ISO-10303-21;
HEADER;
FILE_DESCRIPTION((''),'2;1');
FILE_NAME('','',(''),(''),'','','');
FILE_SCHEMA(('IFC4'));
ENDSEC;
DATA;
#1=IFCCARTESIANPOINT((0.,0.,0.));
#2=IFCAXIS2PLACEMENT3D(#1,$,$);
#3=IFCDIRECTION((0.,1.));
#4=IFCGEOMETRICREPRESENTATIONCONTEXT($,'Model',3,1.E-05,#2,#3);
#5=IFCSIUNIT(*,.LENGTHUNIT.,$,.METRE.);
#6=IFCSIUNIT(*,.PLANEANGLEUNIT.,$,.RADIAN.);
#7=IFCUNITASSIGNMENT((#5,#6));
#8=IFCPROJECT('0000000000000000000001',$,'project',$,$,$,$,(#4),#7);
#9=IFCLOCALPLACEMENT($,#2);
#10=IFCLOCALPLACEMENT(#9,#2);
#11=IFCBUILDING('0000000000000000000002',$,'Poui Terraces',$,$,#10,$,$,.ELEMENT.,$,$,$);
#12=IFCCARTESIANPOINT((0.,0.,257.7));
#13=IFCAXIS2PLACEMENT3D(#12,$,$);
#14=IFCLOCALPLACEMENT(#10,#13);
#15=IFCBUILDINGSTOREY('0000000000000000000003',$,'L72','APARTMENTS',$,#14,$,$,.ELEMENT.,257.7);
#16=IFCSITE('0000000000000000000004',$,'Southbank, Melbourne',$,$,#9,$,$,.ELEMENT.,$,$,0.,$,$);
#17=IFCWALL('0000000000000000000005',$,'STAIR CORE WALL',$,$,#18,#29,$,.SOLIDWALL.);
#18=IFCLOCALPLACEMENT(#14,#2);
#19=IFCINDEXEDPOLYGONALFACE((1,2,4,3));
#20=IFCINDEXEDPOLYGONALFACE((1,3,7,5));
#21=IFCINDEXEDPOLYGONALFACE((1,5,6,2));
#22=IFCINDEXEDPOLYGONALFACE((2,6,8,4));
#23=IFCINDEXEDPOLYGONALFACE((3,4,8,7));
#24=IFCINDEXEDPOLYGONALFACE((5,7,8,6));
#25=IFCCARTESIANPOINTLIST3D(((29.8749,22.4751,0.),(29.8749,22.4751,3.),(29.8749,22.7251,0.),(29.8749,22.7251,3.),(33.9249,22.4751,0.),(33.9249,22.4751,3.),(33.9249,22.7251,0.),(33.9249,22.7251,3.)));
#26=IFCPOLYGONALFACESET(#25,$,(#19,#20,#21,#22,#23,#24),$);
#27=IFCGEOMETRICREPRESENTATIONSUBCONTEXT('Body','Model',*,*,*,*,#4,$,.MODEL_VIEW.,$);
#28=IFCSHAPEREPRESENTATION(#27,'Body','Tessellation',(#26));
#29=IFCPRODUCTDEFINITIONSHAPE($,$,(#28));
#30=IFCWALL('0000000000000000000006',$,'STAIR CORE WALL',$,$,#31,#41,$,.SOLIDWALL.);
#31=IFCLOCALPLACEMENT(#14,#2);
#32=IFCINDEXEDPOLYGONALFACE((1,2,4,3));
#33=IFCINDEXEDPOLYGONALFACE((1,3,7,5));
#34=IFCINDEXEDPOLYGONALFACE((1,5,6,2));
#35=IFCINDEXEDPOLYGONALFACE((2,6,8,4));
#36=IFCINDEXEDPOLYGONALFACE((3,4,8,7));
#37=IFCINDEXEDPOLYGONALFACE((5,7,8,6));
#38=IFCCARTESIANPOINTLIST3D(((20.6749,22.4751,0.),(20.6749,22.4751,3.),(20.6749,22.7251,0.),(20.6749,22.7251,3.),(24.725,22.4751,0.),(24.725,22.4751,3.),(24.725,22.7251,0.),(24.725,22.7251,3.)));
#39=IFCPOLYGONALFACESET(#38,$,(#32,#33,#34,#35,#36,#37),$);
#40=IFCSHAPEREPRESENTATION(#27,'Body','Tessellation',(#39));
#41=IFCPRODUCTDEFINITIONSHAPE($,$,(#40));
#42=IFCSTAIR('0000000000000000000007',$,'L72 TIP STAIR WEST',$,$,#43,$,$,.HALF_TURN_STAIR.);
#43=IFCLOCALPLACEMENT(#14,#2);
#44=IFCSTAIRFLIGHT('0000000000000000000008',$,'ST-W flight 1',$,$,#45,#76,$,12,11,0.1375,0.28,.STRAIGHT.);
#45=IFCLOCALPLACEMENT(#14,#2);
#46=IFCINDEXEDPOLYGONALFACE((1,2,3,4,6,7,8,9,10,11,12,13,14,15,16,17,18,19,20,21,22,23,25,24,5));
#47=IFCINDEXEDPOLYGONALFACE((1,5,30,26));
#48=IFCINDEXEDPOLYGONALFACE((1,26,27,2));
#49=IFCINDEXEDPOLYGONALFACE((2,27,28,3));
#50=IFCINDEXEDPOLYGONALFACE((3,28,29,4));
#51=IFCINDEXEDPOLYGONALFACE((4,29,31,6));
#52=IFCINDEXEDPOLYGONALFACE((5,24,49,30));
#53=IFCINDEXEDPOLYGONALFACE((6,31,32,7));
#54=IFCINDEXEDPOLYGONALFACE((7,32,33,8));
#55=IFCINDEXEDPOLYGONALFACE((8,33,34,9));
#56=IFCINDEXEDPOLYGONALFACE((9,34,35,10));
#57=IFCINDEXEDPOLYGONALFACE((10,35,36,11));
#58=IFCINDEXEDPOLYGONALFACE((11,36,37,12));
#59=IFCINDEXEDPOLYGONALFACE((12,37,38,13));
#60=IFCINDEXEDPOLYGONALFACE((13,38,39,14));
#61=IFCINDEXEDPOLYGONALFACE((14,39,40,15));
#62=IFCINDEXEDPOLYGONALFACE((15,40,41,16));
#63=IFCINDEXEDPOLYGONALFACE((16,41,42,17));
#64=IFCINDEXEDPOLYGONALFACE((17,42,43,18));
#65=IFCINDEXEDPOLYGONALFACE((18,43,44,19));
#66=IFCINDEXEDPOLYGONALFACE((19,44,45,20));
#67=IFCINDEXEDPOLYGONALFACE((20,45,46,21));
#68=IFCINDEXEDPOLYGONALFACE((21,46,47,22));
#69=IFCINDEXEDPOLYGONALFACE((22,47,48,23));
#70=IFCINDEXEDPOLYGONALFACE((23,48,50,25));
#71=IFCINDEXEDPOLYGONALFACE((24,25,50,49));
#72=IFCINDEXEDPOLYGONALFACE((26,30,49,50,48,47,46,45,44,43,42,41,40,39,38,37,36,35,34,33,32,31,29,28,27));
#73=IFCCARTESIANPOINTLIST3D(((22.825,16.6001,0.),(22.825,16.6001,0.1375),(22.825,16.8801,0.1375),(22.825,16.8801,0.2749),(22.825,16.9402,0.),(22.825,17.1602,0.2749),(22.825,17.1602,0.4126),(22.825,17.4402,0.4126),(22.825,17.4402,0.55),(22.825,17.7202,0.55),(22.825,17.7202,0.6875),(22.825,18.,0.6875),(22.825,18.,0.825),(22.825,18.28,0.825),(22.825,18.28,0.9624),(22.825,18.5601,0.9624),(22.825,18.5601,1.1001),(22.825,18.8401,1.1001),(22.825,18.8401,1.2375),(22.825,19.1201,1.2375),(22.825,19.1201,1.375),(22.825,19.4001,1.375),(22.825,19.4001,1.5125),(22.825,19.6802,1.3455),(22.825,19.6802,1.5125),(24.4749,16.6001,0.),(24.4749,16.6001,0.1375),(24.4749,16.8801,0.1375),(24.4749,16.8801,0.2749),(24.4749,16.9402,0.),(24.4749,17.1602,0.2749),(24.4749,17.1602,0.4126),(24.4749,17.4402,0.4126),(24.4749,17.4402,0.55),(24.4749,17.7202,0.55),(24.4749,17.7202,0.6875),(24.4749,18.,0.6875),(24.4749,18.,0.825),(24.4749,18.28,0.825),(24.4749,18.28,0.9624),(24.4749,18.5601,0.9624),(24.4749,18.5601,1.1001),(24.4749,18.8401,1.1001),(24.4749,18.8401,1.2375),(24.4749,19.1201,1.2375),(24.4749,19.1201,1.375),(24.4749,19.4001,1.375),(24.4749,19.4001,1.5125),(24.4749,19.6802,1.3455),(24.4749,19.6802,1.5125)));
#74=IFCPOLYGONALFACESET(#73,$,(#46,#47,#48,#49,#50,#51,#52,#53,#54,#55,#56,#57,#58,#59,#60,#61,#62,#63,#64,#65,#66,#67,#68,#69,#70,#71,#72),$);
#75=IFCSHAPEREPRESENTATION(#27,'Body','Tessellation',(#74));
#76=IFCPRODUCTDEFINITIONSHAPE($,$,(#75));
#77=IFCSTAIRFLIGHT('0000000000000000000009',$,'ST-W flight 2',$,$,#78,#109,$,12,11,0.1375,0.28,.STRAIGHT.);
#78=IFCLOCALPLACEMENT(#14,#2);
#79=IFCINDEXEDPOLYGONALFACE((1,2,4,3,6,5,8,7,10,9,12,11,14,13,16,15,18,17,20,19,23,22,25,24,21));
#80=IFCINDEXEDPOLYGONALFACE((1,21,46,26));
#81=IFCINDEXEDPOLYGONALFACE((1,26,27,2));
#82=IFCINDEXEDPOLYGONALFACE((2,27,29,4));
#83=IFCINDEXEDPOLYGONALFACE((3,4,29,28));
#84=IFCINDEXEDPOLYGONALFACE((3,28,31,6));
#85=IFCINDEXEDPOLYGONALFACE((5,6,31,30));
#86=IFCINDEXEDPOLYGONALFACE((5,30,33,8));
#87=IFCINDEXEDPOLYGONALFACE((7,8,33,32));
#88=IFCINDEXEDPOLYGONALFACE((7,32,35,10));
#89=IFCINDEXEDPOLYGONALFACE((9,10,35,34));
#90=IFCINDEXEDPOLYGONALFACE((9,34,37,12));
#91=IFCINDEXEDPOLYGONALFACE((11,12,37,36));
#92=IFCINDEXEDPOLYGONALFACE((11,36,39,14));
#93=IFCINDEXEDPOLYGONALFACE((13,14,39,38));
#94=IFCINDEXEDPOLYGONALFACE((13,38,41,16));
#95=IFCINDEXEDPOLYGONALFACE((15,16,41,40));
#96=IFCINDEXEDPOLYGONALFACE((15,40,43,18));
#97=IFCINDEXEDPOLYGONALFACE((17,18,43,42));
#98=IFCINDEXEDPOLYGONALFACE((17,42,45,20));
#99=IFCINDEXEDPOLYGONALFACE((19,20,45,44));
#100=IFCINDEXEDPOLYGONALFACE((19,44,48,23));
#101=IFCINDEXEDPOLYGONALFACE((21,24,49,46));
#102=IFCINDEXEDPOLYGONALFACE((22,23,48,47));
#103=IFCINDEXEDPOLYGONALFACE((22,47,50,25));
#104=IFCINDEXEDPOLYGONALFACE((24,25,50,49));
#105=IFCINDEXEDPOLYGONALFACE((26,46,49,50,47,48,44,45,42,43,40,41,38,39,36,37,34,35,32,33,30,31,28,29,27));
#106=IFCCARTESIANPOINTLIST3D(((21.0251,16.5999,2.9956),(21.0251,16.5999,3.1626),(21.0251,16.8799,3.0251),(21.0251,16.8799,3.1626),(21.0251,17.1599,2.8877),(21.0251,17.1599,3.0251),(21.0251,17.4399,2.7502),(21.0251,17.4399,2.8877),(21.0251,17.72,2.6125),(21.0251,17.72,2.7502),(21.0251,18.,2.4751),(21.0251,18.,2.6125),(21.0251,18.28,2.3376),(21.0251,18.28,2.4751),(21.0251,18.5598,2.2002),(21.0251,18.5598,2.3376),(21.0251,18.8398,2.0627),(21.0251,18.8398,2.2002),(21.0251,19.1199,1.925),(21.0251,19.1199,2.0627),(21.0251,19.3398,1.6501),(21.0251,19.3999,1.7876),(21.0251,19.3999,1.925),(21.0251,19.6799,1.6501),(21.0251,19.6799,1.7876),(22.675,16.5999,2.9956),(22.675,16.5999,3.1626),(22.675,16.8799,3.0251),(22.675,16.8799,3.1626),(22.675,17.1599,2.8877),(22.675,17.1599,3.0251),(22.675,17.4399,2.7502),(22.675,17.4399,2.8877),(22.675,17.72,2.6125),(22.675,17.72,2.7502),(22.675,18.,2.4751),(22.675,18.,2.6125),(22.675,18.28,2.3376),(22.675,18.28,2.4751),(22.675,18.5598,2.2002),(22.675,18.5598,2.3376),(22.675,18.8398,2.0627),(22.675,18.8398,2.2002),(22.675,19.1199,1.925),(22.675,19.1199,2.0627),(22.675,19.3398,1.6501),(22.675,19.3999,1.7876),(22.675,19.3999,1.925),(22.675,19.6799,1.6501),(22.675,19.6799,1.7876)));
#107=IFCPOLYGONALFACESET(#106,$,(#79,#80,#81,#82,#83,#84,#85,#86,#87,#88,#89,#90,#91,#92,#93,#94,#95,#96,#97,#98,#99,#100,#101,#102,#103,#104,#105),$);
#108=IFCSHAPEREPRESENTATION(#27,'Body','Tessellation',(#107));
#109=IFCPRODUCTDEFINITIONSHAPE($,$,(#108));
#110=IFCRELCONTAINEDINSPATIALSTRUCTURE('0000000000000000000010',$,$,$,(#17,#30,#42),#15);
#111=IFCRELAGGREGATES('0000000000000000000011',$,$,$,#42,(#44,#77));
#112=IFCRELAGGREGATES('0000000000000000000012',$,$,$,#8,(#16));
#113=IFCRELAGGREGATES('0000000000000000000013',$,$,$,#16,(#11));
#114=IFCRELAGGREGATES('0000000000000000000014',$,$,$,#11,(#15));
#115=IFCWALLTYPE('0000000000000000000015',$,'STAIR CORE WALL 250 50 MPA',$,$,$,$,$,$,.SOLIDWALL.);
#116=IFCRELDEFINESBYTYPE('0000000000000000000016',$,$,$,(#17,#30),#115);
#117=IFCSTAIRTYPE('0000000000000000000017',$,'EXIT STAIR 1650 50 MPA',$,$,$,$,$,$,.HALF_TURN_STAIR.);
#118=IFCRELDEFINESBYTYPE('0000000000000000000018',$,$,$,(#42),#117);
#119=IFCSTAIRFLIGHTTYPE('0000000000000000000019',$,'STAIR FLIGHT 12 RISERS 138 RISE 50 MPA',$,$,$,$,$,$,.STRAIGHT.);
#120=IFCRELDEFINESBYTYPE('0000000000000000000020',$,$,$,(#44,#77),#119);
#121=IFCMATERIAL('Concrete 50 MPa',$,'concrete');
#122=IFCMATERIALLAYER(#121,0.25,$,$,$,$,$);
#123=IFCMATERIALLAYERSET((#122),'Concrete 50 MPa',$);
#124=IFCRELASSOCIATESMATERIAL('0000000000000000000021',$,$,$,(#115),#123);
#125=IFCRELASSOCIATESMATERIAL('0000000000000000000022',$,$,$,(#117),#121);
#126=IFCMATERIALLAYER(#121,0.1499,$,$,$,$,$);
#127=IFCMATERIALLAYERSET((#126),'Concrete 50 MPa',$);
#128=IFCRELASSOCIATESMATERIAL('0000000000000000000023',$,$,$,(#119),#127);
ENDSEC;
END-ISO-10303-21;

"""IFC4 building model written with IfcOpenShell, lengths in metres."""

from ifc_helpers import new_model, si_unit, direction, frame, frame_2d, origin, place, context, subcontext, project, spatial, polyline, rectangle, outline, extrude, material, layer, layer_set, type_object, element, aggregate, save


model = new_model("IFC4")

# Units and contexts
model_context = context("Model", 3, precision=1e-05, world=origin(), true_north=direction((0.0, 1.0)))
body_context = subcontext(model_context, "Body", "Model", "MODEL_VIEW")
ifc_project = project(units=[si_unit("LENGTHUNIT", "METRE"), si_unit("PLANEANGLEUNIT", "RADIAN")], contexts=[model_context])

# Site, building, storey
site_placement = place(None, origin())
site = spatial("IfcSite", under=ifc_project, at=site_placement, Name="Southbank, Melbourne", CompositionType="ELEMENT", RefElevation=0.0)
building_placement = place(site_placement, origin())
building = spatial("IfcBuilding", under=site, at=building_placement, Name="Poui Terraces", CompositionType="ELEMENT")
storey_placement = place(building_placement, frame((0.0, 0.0, 257.7)))
storey = spatial("IfcBuildingStorey", under=building, at=storey_placement, Name="L72", Description="APARTMENTS", CompositionType="ELEMENT", Elevation=257.7)

# Walls
ifc_material_1 = material(Name="Concrete 50 MPa", Category="concrete")
ifc_layer_1 = layer(ifc_material_1, 0.25)
ifc_layer_set_1 = layer_set([ifc_layer_1], Name="Concrete 50 MPa")
wall_type = type_object("IfcWallType", Name="STAIR CORE WALL 250 50 MPA", PredefinedType="SOLIDWALL", material=ifc_layer_set_1)
for number, where, z_axis, x_axis, name in (
    (1, (29.875, 22.6001, 0.0), (0.0, 0.0, 1.0), (1.0, 0.0, 0.0), "STAIR CORE WALL"),
    (2, (20.675, 22.6001, 0.0), (0.0, 0.0, 1.0), (1.0, 0.0, 0.0), "STAIR CORE WALL"),
):
    element("IfcWall", number, at=place(storey_placement, frame(where, z_axis=z_axis, x_axis=x_axis)), inside=storey, type_object=wall_type, Name=name, PredefinedType="SOLIDWALL", context=body_context, shape_type="SweptSolid", body=[
        extrude(rectangle(XDim=4.05, YDim=0.25, at=frame_2d((2.0249, 0.0))), origin(), (0.0, 0.0, 1.0), 3.0),
    ])

# Stair, stair flights
stair_type = type_object("IfcStairType", Name="EXIT STAIR 1650 50 MPA", PredefinedType="HALF_TURN_STAIR", material=ifc_material_1)
stair_placement = place(storey_placement, origin())
stair = element("IfcStair", 3, at=stair_placement, inside=storey, type_object=stair_type, Name="L72 TIP STAIR WEST", PredefinedType="HALF_TURN_STAIR")
ifc_layer_2 = layer(ifc_material_1, 0.1499)
ifc_layer_set_2 = layer_set([ifc_layer_2], Name="Concrete 50 MPa")
stair_flight_type = type_object("IfcStairFlightType", Name="STAIR FLIGHT 12 RISERS 138 RISE 50 MPA", PredefinedType="STRAIGHT", material=ifc_layer_set_2)
stair_flight_1_placement = place(storey_placement, frame((23.6499, 16.6001, 0.0), z_axis=(0.0, 0.0, 1.0), x_axis=(0.0, 1.0, 0.0)))
stair_flight_1 = element("IfcStairFlight", 4, at=stair_flight_1_placement, type_object=stair_flight_type, Name="ST-W flight 1", NumberOfRisers=12, NumberOfTreads=11, PredefinedType="STRAIGHT", RiserHeight=0.1375, TreadLength=0.28, context=body_context, shape_type="SweptSolid", body=[
    extrude(outline(polyline([(0.0, 0.0), (0.0, 0.1375), (0.28, 0.1375), (0.28, 0.2749), (0.5601, 0.2749), (0.5601, 0.4126), (0.8401, 0.4126), (0.8401, 0.55), (1.1201, 0.55), (1.1201, 0.6875), (1.3999, 0.6875), (1.3999, 0.825), (1.6799, 0.825), (1.6799, 0.9624), (1.96, 0.9624), (1.96, 1.1001), (2.24, 1.1001), (2.24, 1.2375), (2.52, 1.2375), (2.52, 1.375), (2.8, 1.375), (2.8, 1.5125), (3.0801, 1.5125), (3.0801, 1.6499), (3.0801, 1.3455), (0.3401, 0.0), (0.0, 0.0)])), frame((0.0, 0.825, 0.0), z_axis=(0.0, -1.0, 0.0), x_axis=(1.0, 0.0, 0.0)), (0.0, 0.0, 1.0), 1.6499),
])
stair_flight_2_placement = place(storey_placement, frame((21.8501, 19.6799, 1.6501), z_axis=(0.0, 0.0, 1.0), x_axis=(0.0, -1.0, 0.0)))
stair_flight_2 = element("IfcStairFlight", 5, at=stair_flight_2_placement, type_object=stair_flight_type, Name="ST-W flight 2", NumberOfRisers=12, NumberOfTreads=11, PredefinedType="STRAIGHT", RiserHeight=0.1375, TreadLength=0.28, context=body_context, shape_type="SweptSolid", body=[
    extrude(outline(polyline([(0.0, 0.0), (0.0, 0.1375), (0.28, 0.1375), (0.28, 0.2749), (0.5601, 0.2749), (0.5601, 0.4126), (0.8401, 0.4126), (0.8401, 0.55), (1.1201, 0.55), (1.1201, 0.6875), (1.3999, 0.6875), (1.3999, 0.825), (1.6799, 0.825), (1.6799, 0.9624), (1.96, 0.9624), (1.96, 1.1001), (2.24, 1.1001), (2.24, 1.2375), (2.52, 1.2375), (2.52, 1.375), (2.8, 1.375), (2.8, 1.5125), (3.0801, 1.5125), (3.0801, 1.6499), (3.0801, 1.3455), (0.3401, 0.0), (0.0, 0.0)])), frame((0.0, 0.825, 0.0), z_axis=(0.0, -1.0, 0.0), x_axis=(1.0, 0.0, 0.0)), (0.0, 0.0, 1.0), 1.6499),
])
aggregate(stair, [stair_flight_1, stair_flight_2])

save(model, "model.ifc")
